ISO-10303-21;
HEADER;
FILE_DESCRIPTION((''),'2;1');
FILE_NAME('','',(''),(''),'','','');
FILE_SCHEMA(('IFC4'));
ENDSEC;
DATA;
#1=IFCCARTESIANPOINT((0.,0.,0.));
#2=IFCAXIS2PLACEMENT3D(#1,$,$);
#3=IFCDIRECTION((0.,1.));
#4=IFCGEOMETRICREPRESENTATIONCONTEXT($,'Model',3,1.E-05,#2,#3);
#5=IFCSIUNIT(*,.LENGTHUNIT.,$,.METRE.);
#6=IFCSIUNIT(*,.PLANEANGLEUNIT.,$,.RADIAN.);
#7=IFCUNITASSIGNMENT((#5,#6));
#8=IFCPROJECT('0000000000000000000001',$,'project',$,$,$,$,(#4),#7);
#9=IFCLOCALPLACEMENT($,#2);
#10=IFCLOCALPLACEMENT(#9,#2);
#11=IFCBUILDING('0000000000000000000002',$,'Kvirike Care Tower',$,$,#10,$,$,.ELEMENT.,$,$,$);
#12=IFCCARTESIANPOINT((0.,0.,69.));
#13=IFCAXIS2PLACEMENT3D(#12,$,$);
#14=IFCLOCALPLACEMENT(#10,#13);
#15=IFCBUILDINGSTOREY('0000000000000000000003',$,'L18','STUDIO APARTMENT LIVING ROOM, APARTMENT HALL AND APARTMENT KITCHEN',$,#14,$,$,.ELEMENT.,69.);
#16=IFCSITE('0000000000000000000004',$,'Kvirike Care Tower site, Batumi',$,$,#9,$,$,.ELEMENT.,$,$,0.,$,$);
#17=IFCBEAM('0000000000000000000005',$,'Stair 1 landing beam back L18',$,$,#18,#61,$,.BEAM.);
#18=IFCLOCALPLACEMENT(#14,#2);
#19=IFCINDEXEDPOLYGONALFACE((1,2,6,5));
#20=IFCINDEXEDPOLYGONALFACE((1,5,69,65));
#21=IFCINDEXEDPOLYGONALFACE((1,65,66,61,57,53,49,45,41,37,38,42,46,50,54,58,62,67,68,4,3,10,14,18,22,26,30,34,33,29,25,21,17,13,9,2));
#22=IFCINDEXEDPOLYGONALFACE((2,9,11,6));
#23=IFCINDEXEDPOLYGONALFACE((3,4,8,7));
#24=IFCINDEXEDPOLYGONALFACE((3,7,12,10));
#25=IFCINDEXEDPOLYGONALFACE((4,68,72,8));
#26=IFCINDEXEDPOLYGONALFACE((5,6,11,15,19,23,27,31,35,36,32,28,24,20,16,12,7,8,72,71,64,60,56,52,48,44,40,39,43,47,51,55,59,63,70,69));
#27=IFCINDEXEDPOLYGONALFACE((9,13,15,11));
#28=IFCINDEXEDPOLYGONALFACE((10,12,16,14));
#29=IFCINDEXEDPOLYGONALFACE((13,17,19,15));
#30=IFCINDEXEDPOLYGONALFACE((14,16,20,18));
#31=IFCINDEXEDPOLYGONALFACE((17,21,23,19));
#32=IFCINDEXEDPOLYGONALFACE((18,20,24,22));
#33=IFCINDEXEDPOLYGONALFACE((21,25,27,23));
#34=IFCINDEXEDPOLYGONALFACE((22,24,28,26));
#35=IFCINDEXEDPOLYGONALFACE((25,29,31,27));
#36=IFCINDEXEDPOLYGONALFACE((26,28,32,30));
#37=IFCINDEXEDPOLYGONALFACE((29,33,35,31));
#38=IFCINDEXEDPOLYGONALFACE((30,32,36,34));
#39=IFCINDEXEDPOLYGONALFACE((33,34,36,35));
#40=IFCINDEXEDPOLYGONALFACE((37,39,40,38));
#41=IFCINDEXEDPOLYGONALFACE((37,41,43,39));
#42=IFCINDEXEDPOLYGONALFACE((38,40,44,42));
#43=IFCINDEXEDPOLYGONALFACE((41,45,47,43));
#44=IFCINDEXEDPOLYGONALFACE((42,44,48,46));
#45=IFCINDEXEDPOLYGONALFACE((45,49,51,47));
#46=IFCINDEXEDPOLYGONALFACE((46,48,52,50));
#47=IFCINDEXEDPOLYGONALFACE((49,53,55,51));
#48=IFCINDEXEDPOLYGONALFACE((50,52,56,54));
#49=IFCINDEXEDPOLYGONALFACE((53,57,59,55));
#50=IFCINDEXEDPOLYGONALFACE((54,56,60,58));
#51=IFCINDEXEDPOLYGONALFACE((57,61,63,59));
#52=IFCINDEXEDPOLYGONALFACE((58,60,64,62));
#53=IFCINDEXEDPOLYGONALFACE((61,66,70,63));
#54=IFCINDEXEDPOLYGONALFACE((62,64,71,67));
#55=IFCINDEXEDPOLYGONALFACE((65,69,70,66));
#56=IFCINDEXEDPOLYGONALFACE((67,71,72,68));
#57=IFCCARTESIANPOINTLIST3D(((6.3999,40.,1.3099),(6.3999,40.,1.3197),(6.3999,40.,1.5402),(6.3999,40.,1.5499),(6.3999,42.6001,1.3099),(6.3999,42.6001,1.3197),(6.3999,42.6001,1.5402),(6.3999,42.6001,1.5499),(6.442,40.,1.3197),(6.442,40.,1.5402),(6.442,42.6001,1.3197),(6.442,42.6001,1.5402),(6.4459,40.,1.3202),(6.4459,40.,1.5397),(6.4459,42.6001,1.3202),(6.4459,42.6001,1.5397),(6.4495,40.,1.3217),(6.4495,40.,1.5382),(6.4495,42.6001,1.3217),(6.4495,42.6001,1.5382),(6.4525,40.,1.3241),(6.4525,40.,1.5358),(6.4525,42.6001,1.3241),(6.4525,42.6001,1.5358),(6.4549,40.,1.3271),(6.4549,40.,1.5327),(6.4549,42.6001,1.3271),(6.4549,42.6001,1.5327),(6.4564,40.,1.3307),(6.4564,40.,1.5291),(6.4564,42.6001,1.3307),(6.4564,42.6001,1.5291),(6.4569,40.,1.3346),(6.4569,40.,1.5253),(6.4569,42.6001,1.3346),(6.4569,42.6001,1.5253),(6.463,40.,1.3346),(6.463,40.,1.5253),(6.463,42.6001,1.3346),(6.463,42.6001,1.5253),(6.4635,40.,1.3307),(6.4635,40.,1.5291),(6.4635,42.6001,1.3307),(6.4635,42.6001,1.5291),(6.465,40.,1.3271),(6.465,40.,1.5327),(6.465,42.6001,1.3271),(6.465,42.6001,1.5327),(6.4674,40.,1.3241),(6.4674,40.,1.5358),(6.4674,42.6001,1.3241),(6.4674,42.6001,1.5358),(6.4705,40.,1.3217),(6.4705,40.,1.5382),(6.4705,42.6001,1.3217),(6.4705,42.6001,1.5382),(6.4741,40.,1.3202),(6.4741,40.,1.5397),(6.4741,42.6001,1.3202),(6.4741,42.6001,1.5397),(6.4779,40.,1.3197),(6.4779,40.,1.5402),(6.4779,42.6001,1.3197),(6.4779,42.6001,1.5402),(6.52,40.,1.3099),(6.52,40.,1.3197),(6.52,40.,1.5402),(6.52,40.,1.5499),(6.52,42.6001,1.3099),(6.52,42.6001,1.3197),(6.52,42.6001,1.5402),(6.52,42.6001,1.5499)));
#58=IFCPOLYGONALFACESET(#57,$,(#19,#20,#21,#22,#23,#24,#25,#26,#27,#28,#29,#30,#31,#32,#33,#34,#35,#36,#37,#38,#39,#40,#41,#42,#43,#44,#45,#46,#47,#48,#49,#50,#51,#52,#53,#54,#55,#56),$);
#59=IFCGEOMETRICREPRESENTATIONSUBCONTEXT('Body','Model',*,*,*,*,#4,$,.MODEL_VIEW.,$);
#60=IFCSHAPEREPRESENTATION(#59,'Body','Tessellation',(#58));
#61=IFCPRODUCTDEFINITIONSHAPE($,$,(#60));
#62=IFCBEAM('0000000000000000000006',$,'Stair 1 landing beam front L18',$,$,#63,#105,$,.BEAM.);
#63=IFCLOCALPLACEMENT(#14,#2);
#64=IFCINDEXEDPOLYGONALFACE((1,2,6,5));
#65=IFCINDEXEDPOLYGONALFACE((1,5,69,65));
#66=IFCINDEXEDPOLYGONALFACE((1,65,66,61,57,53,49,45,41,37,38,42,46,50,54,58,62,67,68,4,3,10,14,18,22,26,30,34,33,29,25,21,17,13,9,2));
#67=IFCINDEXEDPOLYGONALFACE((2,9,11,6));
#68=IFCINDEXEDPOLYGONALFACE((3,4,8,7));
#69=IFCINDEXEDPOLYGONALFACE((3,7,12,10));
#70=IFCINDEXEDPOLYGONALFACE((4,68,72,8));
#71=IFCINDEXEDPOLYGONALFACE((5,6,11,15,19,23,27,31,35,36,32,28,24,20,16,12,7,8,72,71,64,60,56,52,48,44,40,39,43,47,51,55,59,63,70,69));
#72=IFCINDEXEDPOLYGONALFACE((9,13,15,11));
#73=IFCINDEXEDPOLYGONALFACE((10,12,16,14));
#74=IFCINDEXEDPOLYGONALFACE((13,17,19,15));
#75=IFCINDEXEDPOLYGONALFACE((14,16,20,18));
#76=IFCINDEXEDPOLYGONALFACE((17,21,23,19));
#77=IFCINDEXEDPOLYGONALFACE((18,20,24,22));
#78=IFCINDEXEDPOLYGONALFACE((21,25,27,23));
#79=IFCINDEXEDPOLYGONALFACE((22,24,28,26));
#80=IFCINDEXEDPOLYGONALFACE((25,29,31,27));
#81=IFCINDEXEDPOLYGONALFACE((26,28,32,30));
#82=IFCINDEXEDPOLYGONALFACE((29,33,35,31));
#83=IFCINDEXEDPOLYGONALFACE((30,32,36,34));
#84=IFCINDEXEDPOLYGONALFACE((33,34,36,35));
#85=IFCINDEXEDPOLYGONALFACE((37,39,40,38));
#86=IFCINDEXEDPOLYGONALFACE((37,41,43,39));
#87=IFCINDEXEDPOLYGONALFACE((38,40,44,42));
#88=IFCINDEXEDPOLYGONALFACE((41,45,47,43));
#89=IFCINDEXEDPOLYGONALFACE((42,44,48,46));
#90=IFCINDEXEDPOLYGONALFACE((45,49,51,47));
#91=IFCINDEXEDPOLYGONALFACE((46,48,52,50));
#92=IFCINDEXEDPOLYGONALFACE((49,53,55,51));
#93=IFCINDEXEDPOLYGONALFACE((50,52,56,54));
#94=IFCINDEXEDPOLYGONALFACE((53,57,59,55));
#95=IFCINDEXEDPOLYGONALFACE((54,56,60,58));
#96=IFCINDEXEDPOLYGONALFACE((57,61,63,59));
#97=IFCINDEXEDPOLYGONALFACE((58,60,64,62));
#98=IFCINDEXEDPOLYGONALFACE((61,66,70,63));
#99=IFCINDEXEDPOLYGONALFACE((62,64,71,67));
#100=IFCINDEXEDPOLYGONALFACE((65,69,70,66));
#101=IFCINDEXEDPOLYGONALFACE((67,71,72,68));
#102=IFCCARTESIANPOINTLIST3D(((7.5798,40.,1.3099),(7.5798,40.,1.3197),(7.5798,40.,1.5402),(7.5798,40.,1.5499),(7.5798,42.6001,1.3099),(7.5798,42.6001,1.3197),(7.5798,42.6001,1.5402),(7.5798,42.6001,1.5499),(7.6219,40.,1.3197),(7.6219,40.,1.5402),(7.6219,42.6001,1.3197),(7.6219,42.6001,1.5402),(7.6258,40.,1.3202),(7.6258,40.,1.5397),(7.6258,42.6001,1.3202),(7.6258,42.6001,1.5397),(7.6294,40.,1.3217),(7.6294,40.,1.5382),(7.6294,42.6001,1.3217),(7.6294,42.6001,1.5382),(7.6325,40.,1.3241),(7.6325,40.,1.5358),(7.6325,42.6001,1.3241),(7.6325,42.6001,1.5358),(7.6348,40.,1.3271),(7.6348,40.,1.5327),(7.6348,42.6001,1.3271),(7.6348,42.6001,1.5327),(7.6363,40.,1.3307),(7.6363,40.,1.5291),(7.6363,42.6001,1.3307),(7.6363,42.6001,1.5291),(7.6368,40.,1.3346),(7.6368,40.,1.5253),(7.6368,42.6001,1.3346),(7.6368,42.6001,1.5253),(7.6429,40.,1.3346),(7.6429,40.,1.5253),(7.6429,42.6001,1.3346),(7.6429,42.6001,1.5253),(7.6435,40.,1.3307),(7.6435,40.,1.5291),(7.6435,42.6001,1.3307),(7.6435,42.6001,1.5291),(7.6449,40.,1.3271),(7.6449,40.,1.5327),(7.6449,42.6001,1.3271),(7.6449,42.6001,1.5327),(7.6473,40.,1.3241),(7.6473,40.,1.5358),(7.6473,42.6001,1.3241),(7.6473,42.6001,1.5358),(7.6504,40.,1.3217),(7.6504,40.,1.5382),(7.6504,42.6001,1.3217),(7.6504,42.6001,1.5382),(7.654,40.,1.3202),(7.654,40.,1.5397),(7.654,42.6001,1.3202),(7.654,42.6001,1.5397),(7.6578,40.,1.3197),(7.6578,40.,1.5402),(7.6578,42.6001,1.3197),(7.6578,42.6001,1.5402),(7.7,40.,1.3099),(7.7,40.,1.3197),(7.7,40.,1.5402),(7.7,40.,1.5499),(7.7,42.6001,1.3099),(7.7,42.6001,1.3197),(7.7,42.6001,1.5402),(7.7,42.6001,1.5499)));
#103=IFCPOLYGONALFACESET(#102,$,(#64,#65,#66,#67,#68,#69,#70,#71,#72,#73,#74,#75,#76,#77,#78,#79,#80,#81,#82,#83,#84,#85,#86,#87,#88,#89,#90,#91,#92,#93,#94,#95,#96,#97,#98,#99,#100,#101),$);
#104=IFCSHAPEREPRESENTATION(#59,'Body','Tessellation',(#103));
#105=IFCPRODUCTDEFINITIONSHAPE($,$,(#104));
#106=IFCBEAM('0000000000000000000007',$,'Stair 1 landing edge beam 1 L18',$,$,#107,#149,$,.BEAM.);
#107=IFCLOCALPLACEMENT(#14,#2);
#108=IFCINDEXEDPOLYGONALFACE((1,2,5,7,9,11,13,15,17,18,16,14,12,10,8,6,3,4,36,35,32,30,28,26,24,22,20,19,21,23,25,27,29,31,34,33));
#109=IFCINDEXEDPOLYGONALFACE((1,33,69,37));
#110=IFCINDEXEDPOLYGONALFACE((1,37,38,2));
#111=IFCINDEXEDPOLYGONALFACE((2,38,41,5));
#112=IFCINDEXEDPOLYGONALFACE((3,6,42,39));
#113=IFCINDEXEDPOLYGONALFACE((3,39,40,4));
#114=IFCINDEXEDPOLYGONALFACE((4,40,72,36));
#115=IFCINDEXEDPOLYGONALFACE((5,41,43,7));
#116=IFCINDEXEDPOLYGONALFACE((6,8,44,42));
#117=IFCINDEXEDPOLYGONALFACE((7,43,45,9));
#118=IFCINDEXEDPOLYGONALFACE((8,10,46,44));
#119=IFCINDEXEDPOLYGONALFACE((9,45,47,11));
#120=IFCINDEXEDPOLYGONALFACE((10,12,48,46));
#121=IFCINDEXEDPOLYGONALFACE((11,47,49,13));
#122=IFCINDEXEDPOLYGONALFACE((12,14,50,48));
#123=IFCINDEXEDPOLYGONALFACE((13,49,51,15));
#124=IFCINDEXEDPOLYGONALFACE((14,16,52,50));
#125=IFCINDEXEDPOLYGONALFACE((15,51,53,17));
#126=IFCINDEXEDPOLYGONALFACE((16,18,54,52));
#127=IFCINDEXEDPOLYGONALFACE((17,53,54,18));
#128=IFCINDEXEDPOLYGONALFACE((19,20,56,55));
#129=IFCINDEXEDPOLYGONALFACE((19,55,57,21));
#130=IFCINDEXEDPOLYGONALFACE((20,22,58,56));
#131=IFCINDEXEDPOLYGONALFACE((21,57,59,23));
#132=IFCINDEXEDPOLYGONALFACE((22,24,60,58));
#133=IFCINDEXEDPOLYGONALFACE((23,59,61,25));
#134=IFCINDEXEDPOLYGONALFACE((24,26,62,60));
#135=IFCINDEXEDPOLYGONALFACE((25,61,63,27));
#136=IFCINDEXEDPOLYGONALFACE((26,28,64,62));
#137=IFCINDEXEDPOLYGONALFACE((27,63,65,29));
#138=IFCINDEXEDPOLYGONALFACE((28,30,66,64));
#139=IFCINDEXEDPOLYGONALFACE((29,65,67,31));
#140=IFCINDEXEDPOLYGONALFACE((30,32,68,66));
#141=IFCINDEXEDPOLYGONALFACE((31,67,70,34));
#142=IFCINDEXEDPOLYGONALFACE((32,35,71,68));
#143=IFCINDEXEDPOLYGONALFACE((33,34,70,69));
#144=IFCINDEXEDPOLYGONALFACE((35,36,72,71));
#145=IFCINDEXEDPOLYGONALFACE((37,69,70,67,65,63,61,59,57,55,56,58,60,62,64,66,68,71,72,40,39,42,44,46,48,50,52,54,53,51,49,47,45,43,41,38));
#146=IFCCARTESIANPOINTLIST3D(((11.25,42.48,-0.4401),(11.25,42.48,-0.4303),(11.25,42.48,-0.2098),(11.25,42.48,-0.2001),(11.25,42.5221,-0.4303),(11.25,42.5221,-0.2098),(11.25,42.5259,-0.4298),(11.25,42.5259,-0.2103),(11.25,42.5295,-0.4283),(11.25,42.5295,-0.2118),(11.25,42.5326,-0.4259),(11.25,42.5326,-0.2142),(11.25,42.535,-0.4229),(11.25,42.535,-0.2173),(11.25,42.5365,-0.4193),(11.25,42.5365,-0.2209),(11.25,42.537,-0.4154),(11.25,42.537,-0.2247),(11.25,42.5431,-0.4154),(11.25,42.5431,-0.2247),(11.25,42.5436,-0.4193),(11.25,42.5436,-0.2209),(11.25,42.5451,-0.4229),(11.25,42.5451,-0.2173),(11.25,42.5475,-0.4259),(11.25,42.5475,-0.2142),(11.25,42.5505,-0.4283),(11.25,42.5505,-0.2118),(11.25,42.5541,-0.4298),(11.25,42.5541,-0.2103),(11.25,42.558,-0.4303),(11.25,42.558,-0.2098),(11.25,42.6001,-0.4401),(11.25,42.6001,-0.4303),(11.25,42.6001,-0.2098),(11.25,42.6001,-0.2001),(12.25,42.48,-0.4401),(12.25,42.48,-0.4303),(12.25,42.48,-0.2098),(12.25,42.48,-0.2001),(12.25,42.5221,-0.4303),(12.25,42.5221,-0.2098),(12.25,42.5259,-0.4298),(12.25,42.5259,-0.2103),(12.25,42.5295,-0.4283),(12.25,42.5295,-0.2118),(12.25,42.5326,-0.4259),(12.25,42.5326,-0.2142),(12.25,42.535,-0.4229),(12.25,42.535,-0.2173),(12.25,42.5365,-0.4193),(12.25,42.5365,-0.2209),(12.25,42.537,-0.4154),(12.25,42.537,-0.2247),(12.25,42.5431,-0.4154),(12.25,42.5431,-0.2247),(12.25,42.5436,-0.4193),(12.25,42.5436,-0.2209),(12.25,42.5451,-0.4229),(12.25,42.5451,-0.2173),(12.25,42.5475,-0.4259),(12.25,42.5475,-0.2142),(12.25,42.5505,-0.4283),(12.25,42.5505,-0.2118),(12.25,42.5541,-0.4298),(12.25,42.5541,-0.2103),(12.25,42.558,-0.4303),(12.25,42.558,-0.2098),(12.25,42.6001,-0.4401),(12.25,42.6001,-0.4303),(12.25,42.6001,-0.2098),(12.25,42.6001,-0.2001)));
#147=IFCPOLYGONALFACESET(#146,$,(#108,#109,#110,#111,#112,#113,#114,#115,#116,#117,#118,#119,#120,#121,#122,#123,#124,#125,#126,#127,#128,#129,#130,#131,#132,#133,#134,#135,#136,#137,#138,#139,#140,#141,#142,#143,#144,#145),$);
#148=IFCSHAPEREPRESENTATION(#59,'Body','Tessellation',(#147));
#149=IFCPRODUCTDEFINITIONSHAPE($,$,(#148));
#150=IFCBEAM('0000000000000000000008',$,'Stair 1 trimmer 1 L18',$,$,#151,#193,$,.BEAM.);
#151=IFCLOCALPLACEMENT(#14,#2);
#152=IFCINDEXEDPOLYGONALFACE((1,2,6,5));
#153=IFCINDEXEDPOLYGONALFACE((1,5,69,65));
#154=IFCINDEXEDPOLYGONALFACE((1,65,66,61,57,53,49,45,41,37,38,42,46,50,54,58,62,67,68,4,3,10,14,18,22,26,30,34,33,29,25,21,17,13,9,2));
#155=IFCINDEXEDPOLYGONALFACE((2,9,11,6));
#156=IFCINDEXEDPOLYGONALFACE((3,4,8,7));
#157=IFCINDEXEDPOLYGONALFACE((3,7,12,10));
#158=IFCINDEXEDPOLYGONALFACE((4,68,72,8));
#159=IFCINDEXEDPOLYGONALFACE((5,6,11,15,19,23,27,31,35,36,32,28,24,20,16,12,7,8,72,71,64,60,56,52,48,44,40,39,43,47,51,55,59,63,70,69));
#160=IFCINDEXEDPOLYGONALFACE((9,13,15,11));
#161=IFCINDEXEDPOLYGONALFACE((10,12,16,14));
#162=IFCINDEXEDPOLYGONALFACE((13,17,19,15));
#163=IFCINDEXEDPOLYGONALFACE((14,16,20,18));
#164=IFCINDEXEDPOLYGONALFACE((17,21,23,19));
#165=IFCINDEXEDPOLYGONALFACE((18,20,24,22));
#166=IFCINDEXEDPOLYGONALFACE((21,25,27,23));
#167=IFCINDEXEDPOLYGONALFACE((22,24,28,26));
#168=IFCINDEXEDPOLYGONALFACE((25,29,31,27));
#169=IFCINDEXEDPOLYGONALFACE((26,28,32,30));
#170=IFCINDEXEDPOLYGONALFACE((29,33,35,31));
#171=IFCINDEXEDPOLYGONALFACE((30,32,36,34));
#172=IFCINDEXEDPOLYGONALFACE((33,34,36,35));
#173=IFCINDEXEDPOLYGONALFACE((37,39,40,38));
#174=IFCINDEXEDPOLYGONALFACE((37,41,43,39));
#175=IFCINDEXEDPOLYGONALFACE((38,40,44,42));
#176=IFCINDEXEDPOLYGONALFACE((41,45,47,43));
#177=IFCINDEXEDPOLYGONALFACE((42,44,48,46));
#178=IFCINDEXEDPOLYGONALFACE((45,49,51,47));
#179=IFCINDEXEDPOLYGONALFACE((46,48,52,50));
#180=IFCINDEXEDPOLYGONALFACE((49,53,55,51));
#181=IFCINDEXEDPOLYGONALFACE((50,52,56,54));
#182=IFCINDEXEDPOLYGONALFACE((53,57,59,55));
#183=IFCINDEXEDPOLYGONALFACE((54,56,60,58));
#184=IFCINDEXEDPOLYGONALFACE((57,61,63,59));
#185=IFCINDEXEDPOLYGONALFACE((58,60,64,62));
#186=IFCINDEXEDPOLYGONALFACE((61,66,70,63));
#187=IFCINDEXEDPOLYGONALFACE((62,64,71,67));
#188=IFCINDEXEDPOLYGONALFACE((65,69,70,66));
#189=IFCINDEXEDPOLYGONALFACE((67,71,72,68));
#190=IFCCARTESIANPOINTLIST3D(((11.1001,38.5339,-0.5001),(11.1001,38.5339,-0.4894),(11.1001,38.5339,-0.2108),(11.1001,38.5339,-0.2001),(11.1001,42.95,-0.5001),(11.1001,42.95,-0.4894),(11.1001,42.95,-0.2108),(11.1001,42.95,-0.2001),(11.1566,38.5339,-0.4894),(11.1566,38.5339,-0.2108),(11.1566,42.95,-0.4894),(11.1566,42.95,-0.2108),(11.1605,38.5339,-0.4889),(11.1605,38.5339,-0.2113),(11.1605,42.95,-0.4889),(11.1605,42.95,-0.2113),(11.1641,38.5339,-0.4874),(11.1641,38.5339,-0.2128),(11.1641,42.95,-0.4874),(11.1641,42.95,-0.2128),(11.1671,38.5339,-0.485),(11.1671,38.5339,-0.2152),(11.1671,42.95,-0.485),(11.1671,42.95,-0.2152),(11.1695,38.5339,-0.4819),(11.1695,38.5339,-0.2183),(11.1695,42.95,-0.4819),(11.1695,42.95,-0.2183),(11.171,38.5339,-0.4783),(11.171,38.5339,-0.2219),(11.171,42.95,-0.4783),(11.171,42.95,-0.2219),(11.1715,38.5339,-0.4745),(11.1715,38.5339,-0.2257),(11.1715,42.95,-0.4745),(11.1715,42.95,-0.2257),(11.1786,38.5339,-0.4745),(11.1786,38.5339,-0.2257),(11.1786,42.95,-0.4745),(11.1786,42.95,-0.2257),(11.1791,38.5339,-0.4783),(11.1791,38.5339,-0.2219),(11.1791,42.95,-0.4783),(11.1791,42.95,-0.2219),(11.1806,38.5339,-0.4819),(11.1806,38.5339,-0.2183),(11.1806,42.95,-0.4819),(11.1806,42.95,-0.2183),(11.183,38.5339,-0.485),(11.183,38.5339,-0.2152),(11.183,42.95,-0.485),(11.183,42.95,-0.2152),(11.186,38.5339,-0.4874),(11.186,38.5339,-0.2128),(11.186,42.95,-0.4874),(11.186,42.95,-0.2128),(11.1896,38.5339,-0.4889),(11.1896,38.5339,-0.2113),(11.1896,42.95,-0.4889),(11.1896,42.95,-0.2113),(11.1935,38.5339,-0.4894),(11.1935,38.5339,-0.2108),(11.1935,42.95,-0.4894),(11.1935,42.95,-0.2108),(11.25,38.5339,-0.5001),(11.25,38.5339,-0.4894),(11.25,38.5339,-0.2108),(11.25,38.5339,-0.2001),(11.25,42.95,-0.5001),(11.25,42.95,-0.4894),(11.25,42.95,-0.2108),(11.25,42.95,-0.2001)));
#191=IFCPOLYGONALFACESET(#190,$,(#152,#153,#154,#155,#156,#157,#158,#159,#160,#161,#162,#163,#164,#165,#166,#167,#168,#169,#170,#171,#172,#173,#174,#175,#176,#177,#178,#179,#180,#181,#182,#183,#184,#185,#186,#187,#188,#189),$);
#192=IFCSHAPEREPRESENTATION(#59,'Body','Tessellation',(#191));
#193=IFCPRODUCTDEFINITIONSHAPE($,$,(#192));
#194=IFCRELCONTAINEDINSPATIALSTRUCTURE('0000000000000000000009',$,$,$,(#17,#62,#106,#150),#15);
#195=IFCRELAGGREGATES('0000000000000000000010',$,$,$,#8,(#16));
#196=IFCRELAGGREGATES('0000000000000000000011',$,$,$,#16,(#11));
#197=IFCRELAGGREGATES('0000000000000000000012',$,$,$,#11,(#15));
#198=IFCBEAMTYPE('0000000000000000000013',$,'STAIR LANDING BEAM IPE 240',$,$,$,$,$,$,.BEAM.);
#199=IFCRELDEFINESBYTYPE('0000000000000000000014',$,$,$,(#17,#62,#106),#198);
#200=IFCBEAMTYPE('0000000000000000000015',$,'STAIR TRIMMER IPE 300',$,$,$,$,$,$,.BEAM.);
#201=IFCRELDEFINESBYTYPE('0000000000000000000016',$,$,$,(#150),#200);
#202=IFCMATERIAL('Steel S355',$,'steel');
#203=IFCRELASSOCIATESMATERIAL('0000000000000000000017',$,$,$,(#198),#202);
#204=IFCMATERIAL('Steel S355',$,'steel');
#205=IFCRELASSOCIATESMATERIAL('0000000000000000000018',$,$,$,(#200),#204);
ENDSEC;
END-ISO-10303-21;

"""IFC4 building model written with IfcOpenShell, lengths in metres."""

from ifc_helpers import new_model, si_unit, direction, frame, origin, origin_2d, place, context, subcontext, project, spatial, i_section, extrude, material, material_profile, profile_set, type_object, element, save


model = new_model("IFC4")

# Units and contexts
model_context = context("Model", 3, precision=1e-05, world=origin(), true_north=direction((0.0, 1.0)))
body_context = subcontext(model_context, "Body", "Model", "MODEL_VIEW")
ifc_project = project(units=[si_unit("LENGTHUNIT", "METRE"), si_unit("PLANEANGLEUNIT", "RADIAN")], contexts=[model_context])

# Site, building, storey
site_placement = place(None, origin())
site = spatial("IfcSite", under=ifc_project, at=site_placement, Name="Kvirike Care Tower site, Batumi", CompositionType="ELEMENT", RefElevation=0.0)
building_placement = place(site_placement, origin())
building = spatial("IfcBuilding", under=site, at=building_placement, Name="Kvirike Care Tower", CompositionType="ELEMENT")
storey_placement = place(building_placement, frame((0.0, 0.0, 69.0)))
storey = spatial("IfcBuildingStorey", under=building, at=storey_placement, Name="L18", Description="STUDIO APARTMENT LIVING ROOM, APARTMENT HALL AND APARTMENT KITCHEN", CompositionType="ELEMENT", Elevation=69.0)

# Beams
ifc_material_1 = material(Name="Steel S355", Category="steel")
ifc_material_profile_1 = material_profile(ifc_material_1, i_section(OverallWidth=0.1201, OverallDepth=0.24, WebThickness=0.0061, FlangeThickness=0.0098, FilletRadius=0.0149, at=origin_2d()), Name="IPE 240")
ifc_profile_set_1 = profile_set([ifc_material_profile_1], Name="Steel S355")
beam_type_1 = type_object("IfcBeamType", Name="STAIR LANDING BEAM IPE 240", PredefinedType="BEAM", material=ifc_profile_set_1)
for number, where, z_axis, x_axis, name in (
    (1, (6.46, 42.6001, 1.4299), (0.0, -1.0, 0.0), (1.0, 0.0, 0.0), "Stair 1 landing beam back L18"),
    (2, (7.6399, 42.6001, 1.4299), (0.0, -1.0, 0.0), (1.0, 0.0, 0.0), "Stair 1 landing beam front L18"),
):
    element("IfcBeam", number, at=place(storey_placement, frame(where, z_axis=z_axis, x_axis=x_axis)), inside=storey, type_object=beam_type_1, Name=name, PredefinedType="BEAM", context=body_context, shape_type="SweptSolid", body=[
        extrude(i_section(OverallWidth=0.1201, OverallDepth=0.24, WebThickness=0.0061, FlangeThickness=0.0098, FilletRadius=0.0149, at=origin_2d()), origin(), (0.0, 0.0, 1.0), 2.6001),
    ])
beam_1_placement = place(storey_placement, frame((11.25, 42.54, -0.3201), z_axis=(1.0, 0.0, 0.0), x_axis=(0.0, 1.0, 0.0)))
element("IfcBeam", 3, at=beam_1_placement, inside=storey, type_object=beam_type_1, Name="Stair 1 landing edge beam 1 L18", PredefinedType="BEAM", context=body_context, shape_type="SweptSolid", body=[
    extrude(i_section(OverallWidth=0.1201, OverallDepth=0.24, WebThickness=0.0061, FlangeThickness=0.0098, FilletRadius=0.0149, at=origin_2d()), origin(), (0.0, 0.0, 1.0), 1.0),
])
ifc_material_2 = material(Name="Steel S355", Category="steel")
ifc_material_profile_2 = material_profile(ifc_material_2, i_section(OverallWidth=0.1499, OverallDepth=0.3, WebThickness=0.0071, FlangeThickness=0.0107, FilletRadius=0.0149, at=origin_2d()), Name="IPE 300")
ifc_profile_set_2 = profile_set([ifc_material_profile_2], Name="Steel S355")
beam_type_2 = type_object("IfcBeamType", Name="STAIR TRIMMER IPE 300", PredefinedType="BEAM", material=ifc_profile_set_2)
for number, where, z_axis, x_axis, name in (
    (4, (11.175, 42.95, -0.3501), (0.0, -1.0, 0.0), (1.0, 0.0, 0.0), "Stair 1 trimmer 1 L18"),
):
    element("IfcBeam", number, at=place(storey_placement, frame(where, z_axis=z_axis, x_axis=x_axis)), inside=storey, type_object=beam_type_2, Name=name, PredefinedType="BEAM", context=body_context, shape_type="SweptSolid", body=[
        extrude(i_section(OverallWidth=0.1499, OverallDepth=0.3, WebThickness=0.0071, FlangeThickness=0.0107, FilletRadius=0.0149, at=origin_2d()), origin(), (0.0, 0.0, 1.0), 4.416),
    ])

save(model, "model.ifc")
